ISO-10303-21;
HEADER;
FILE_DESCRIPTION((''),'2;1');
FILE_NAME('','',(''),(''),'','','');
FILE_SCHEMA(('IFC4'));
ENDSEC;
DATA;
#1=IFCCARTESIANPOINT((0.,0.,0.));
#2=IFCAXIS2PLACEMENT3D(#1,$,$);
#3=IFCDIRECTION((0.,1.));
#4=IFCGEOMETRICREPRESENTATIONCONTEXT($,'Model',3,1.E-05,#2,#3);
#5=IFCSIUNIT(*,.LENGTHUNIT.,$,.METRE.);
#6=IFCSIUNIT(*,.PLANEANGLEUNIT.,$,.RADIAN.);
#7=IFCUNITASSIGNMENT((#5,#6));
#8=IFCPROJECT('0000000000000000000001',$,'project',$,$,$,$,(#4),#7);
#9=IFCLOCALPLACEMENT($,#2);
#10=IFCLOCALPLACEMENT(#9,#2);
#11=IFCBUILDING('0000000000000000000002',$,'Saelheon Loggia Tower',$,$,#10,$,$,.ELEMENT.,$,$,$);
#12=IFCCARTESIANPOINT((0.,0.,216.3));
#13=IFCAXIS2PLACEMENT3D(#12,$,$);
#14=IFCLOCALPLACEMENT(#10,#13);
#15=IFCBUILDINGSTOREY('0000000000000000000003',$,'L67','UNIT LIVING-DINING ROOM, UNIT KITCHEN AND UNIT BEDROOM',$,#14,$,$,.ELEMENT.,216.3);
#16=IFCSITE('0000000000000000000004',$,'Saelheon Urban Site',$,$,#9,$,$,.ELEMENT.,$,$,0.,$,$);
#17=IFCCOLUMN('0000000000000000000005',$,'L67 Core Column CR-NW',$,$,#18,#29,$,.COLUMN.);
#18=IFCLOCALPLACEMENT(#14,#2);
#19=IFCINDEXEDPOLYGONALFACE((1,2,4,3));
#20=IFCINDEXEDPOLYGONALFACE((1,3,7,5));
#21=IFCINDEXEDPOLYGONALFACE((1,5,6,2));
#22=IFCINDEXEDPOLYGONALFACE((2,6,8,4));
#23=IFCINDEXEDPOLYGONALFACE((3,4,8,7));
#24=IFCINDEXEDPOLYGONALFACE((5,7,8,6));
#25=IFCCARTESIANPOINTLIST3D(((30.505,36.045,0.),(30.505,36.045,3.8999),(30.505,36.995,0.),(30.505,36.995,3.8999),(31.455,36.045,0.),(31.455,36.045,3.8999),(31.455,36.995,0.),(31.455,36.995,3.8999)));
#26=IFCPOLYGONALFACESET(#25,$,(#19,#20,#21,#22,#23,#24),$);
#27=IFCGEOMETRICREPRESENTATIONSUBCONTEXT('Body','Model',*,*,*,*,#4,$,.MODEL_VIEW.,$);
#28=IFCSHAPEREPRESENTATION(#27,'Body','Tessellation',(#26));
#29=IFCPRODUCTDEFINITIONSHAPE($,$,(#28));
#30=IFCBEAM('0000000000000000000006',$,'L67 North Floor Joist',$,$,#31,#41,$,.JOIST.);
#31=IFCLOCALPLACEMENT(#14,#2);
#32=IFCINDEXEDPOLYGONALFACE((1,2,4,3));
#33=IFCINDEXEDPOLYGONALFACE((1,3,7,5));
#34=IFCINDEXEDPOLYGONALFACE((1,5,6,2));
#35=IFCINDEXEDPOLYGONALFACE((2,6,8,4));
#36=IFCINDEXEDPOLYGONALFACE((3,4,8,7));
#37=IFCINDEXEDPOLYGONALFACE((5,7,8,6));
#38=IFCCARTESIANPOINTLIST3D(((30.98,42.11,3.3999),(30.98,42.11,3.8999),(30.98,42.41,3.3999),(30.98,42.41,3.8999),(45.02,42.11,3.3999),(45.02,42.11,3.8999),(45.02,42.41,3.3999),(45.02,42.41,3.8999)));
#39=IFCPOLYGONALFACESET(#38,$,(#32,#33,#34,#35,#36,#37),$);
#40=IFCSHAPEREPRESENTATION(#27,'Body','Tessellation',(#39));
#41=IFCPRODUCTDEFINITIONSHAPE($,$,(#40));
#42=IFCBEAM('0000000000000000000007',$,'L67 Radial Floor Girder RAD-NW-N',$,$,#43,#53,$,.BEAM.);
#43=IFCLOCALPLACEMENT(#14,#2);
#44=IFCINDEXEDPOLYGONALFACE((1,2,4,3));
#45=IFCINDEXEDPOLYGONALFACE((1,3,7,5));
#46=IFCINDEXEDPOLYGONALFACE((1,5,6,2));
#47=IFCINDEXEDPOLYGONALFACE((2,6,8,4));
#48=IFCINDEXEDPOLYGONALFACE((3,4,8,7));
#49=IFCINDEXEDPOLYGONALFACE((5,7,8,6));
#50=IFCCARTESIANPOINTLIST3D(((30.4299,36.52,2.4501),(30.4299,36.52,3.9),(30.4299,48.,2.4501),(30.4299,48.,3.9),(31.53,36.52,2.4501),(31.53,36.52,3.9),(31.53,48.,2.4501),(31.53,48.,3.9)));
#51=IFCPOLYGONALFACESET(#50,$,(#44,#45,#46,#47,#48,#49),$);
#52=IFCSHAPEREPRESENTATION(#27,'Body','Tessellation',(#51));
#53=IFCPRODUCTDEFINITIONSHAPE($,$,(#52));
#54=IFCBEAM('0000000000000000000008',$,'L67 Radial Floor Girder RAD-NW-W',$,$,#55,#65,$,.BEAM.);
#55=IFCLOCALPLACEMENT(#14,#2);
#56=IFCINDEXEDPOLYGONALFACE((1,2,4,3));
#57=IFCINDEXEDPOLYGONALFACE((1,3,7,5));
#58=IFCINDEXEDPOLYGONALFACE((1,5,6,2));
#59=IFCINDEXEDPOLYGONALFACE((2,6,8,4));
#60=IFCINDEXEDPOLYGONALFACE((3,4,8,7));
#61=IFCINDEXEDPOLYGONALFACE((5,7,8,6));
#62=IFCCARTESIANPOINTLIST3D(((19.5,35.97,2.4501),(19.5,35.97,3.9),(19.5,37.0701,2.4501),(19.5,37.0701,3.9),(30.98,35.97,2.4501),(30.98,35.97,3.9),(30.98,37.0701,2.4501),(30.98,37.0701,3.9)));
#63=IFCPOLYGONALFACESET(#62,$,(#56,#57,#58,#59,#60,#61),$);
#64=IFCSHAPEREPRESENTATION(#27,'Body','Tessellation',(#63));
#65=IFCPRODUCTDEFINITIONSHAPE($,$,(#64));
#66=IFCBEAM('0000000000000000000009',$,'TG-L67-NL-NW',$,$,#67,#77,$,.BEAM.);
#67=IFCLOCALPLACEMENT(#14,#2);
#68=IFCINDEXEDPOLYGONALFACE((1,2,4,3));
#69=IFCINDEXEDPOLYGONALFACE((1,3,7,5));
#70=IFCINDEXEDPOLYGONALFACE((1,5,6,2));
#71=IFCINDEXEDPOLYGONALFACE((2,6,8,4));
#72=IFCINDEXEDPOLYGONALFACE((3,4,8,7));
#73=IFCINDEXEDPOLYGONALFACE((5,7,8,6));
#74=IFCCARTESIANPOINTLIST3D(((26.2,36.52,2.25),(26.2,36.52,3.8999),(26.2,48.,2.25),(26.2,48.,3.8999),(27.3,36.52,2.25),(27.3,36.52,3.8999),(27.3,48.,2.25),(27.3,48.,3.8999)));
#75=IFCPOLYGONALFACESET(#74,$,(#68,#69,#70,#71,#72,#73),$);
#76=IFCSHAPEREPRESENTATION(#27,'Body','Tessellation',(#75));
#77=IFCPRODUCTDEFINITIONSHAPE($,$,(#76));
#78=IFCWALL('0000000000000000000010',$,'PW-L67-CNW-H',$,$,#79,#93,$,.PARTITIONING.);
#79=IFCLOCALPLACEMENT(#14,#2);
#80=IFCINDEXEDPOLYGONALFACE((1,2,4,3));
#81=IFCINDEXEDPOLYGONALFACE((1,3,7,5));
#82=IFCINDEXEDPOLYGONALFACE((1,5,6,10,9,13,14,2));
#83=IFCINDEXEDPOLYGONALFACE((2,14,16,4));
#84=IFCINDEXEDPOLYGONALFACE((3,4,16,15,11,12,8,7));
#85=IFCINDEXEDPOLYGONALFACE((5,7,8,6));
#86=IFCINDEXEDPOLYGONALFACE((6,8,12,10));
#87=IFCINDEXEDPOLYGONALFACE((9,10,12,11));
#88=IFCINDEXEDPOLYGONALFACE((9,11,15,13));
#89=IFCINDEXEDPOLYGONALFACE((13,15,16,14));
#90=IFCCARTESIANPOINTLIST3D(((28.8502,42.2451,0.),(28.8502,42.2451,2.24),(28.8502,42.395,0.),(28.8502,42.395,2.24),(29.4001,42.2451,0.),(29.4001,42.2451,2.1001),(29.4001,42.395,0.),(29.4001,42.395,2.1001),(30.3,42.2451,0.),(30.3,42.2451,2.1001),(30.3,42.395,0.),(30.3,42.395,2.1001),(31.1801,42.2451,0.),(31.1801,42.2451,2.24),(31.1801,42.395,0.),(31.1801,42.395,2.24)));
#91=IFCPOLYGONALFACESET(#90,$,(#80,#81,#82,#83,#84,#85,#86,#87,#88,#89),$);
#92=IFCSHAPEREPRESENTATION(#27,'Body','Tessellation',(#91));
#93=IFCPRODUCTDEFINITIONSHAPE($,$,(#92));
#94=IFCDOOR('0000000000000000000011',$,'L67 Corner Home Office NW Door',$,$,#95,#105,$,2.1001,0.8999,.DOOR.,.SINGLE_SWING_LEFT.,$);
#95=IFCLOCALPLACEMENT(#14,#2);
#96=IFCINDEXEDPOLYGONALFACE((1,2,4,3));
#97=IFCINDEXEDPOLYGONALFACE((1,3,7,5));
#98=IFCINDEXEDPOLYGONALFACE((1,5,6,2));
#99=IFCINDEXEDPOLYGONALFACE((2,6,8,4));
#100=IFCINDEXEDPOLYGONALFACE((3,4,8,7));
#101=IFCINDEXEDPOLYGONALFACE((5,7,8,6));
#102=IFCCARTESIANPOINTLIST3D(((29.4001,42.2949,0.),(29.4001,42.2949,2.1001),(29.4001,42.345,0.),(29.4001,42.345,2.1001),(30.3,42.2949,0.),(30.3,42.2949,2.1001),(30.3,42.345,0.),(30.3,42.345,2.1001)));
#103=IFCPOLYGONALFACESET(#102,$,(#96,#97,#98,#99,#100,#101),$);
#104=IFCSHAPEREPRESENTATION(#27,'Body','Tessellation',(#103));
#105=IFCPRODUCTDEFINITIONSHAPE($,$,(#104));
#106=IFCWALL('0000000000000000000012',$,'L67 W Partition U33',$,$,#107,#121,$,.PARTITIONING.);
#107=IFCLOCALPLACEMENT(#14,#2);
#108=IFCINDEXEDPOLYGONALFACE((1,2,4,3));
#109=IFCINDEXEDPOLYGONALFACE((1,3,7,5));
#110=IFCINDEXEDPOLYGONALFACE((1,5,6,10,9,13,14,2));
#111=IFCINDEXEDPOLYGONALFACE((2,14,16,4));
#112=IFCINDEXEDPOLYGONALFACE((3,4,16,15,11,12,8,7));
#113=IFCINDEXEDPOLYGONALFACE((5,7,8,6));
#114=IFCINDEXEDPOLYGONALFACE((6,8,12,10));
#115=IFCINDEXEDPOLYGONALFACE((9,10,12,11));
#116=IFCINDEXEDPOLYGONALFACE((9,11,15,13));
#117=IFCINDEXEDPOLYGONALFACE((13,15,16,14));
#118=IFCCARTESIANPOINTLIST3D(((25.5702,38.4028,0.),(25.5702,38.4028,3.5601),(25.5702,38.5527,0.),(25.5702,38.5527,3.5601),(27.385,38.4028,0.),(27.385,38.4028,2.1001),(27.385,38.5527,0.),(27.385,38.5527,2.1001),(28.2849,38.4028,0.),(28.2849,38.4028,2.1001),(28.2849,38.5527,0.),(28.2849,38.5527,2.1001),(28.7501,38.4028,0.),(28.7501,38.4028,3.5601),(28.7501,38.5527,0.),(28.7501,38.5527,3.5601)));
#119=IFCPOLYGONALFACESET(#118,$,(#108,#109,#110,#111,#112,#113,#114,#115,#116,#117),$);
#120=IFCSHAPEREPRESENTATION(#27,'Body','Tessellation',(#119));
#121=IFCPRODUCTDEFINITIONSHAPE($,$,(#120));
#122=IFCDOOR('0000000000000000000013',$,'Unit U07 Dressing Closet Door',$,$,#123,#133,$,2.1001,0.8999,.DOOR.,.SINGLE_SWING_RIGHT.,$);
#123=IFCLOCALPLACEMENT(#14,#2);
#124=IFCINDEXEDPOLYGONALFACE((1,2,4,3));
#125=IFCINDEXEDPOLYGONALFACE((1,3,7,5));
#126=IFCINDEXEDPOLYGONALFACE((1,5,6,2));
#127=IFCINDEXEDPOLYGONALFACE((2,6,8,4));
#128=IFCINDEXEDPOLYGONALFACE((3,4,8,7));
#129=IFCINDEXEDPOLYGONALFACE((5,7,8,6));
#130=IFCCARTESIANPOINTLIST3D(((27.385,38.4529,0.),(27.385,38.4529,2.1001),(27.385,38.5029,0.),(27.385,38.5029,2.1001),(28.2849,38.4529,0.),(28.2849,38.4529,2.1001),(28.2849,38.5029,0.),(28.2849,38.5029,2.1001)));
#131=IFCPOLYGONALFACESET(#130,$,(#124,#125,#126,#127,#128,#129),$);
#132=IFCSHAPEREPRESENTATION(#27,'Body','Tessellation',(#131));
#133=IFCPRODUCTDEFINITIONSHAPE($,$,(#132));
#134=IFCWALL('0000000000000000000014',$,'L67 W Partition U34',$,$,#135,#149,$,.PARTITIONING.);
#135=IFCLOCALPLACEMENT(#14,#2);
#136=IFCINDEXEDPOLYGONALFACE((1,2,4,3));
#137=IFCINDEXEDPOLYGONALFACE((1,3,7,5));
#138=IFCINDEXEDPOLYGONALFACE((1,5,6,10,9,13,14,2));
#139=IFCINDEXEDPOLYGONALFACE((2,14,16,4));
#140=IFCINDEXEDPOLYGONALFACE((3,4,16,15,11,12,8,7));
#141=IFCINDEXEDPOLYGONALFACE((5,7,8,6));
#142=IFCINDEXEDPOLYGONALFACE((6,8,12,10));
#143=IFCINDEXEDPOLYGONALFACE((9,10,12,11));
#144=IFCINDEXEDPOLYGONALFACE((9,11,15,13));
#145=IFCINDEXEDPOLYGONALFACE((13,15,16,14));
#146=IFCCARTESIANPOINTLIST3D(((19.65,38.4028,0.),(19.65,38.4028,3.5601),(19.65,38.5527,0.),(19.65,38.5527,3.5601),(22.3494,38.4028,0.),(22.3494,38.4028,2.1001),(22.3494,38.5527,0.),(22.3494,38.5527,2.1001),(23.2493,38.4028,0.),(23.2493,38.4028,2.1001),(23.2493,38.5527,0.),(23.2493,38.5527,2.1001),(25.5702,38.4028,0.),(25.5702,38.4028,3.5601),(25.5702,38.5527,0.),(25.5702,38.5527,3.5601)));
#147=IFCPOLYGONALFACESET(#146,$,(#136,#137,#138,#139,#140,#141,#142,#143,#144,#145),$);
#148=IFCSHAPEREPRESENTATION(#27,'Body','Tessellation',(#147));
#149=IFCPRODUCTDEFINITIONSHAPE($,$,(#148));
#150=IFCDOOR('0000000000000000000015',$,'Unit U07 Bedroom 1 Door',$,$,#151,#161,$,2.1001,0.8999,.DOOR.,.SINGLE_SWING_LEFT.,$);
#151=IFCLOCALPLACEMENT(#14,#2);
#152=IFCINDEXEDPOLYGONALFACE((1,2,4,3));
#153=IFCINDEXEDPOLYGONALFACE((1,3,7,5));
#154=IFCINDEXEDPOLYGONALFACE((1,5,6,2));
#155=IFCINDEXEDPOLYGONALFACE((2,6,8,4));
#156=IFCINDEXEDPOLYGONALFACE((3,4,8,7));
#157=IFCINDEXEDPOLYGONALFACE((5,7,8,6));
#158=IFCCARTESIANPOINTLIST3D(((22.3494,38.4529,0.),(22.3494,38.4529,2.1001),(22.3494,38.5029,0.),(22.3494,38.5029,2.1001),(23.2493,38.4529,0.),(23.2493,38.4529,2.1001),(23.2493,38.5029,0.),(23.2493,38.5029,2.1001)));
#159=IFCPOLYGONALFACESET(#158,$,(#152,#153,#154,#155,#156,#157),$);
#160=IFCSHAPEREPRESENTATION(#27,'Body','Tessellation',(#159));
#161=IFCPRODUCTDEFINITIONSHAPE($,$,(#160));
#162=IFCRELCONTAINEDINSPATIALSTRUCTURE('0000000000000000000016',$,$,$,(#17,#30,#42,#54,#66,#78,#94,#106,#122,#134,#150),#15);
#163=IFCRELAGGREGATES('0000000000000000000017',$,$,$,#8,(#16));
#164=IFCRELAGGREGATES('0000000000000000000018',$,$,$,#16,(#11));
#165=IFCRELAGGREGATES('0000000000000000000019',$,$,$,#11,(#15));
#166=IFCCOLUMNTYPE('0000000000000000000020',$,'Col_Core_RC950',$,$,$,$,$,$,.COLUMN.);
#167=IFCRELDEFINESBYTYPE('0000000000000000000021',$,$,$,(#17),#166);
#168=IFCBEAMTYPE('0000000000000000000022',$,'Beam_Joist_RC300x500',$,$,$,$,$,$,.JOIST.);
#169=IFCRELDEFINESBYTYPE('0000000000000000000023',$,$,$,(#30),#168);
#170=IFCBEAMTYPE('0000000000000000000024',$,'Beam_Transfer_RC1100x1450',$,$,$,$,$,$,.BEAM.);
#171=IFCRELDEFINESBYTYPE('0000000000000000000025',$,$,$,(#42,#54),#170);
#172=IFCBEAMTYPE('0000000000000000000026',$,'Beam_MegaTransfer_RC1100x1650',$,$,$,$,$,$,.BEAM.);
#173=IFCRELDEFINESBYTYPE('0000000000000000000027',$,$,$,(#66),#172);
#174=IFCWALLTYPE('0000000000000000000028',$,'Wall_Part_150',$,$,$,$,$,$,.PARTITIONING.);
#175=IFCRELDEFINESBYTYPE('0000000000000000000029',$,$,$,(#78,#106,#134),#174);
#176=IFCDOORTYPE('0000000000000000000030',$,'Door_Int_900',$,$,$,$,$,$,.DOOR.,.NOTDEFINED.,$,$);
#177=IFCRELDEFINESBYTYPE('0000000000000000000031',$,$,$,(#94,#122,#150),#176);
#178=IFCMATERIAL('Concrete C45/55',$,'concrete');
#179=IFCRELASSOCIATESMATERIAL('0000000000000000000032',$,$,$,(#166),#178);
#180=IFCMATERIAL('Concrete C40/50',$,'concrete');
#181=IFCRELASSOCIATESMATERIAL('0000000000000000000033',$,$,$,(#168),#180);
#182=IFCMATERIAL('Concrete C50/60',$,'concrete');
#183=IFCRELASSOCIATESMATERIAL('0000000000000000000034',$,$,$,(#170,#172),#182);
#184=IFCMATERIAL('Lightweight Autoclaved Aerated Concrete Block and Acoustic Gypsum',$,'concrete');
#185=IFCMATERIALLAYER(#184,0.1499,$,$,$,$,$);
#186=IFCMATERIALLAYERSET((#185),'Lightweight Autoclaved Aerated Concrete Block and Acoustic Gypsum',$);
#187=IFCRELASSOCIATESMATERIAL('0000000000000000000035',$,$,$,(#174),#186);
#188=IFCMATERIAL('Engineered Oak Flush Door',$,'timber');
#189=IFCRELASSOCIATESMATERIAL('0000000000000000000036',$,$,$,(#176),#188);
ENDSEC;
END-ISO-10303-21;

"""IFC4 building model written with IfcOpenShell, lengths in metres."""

from ifc_helpers import new_model, si_unit, direction, frame, frame_2d, origin, origin_2d, place, context, subcontext, project, spatial, rectangle, extrude, source, transform, mapped, material, layer, layer_set, material_profile, profile_set, type_object, element, fill, save


model = new_model("IFC4")

# Units and contexts
model_context = context("Model", 3, precision=1e-05, world=origin(), true_north=direction((0.0, 1.0)))
body_context = subcontext(model_context, "Body", "Model", "MODEL_VIEW")
ifc_project = project(units=[si_unit("LENGTHUNIT", "METRE"), si_unit("PLANEANGLEUNIT", "RADIAN")], contexts=[model_context])

# Site, building, storey
site_placement = place(None, origin())
site = spatial("IfcSite", under=ifc_project, at=site_placement, Name="Saelheon Urban Site", CompositionType="ELEMENT", RefElevation=0.0)
building_placement = place(site_placement, origin())
building = spatial("IfcBuilding", under=site, at=building_placement, Name="Saelheon Loggia Tower", CompositionType="ELEMENT")
storey_placement = place(building_placement, frame((0.0, 0.0, 216.3)))
storey = spatial("IfcBuildingStorey", under=building, at=storey_placement, Name="L67", Description="UNIT LIVING-DINING ROOM, UNIT KITCHEN AND UNIT BEDROOM", CompositionType="ELEMENT", Elevation=216.3)

# Column
ifc_material_1 = material(Name="Concrete C45/55", Category="concrete")
ifc_material_profile_1 = material_profile(ifc_material_1, rectangle(XDim=0.95, YDim=0.95, at=origin_2d()), Name="RC-950x950")
ifc_profile_set_1 = profile_set([ifc_material_profile_1], Name="Concrete C45/55")
column_type = type_object("IfcColumnType", Name="Col_Core_RC950", PredefinedType="COLUMN", material=ifc_profile_set_1)
shared_shape_1 = source(origin(), body_context, "Body", "SweptSolid", [
    extrude(rectangle(XDim=0.95, YDim=0.95, at=origin_2d()), origin(), (0.0, 0.0, 1.0), 3.8999),
])
column_placement = place(storey_placement, frame((30.98, 36.52, 0.0), z_axis=(0.0, 0.0, 1.0), x_axis=(1.0, 0.0, 0.0)))
element("IfcColumn", 1, at=column_placement, inside=storey, type_object=column_type, Name="L67 Core Column CR-NW", PredefinedType="COLUMN", context=body_context, shape_type="MappedRepresentation", body=[
    mapped(shared_shape_1, transform((0.0, 0.0, 0.0), scale=1.0)),
])

# Beams
ifc_material_2 = material(Name="Concrete C40/50", Category="concrete")
ifc_material_profile_2 = material_profile(ifc_material_2, rectangle(XDim=0.3, YDim=0.5, at=origin_2d()), Name="RC-300x500")
ifc_profile_set_2 = profile_set([ifc_material_profile_2], Name="Concrete C40/50")
beam_type_1 = type_object("IfcBeamType", Name="Beam_Joist_RC300x500", PredefinedType="JOIST", material=ifc_profile_set_2)
shared_shape_2 = source(origin(), body_context, "Body", "SweptSolid", [
    extrude(rectangle(XDim=0.3, YDim=0.5, at=origin_2d()), origin(), (0.0, 0.0, 1.0), 14.04),
])
beam_1_placement = place(storey_placement, frame((30.98, 42.26, 3.6499), z_axis=(1.0, 0.0, 0.0), x_axis=(0.0, 1.0, 0.0)))
element("IfcBeam", 2, at=beam_1_placement, inside=storey, type_object=beam_type_1, Name="L67 North Floor Joist", PredefinedType="JOIST", context=body_context, shape_type="MappedRepresentation", body=[
    mapped(shared_shape_2, transform((0.0, 0.0, 0.0), scale=1.0)),
])
ifc_material_3 = material(Name="Concrete C50/60", Category="concrete")
ifc_material_profile_3 = material_profile(ifc_material_3, rectangle(XDim=1.1001, YDim=1.45, at=origin_2d()), Name="RC-1100x1450")
ifc_profile_set_3 = profile_set([ifc_material_profile_3], Name="Concrete C50/60")
beam_type_2 = type_object("IfcBeamType", Name="Beam_Transfer_RC1100x1450", PredefinedType="BEAM", material=ifc_profile_set_3)
shared_shape_3 = source(origin(), body_context, "Body", "SweptSolid", [
    extrude(rectangle(XDim=1.1001, YDim=1.45, at=origin_2d()), origin(), (0.0, 0.0, 1.0), 11.48),
])
for number, where, z_axis, x_axis, name in (
    (3, (30.98, 36.52, 3.175), (0.0, 1.0, 0.0), (-1.0, 0.0, 0.0), "L67 Radial Floor Girder RAD-NW-N"),
    (4, (30.98, 36.52, 3.175), (-1.0, 0.0, 0.0), (0.0, -1.0, 0.0), "L67 Radial Floor Girder RAD-NW-W"),
):
    element("IfcBeam", number, at=place(storey_placement, frame(where, z_axis=z_axis, x_axis=x_axis)), inside=storey, type_object=beam_type_2, Name=name, PredefinedType="BEAM", context=body_context, shape_type="MappedRepresentation", body=[
        mapped(shared_shape_3, transform((0.0, 0.0, 0.0), scale=1.0)),
    ])
ifc_material_profile_4 = material_profile(ifc_material_3, rectangle(XDim=1.1001, YDim=1.6499, at=origin_2d()), Name="RC-1100x1650")
ifc_profile_set_4 = profile_set([ifc_material_profile_4], Name="Concrete C50/60")
beam_type_3 = type_object("IfcBeamType", Name="Beam_MegaTransfer_RC1100x1650", PredefinedType="BEAM", material=ifc_profile_set_4)
shared_shape_4 = source(origin(), body_context, "Body", "SweptSolid", [
    extrude(rectangle(XDim=1.1001, YDim=1.6499, at=origin_2d()), origin(), (0.0, 0.0, 1.0), 11.48),
])
beam_2_placement = place(storey_placement, frame((26.75, 36.52, 3.075), z_axis=(0.0, 1.0, 0.0), x_axis=(-1.0, 0.0, 0.0)))
element("IfcBeam", 5, at=beam_2_placement, inside=storey, type_object=beam_type_3, Name="TG-L67-NL-NW", PredefinedType="BEAM", context=body_context, shape_type="MappedRepresentation", body=[
    mapped(shared_shape_4, transform((0.0, 0.0, 0.0), scale=1.0)),
])

# Walls, openings, doors
ifc_material_4 = material(Name="Lightweight Autoclaved Aerated Concrete Block and Acoustic Gypsum", Category="concrete")
ifc_layer_1 = layer(ifc_material_4, 0.1499)
ifc_layer_set_1 = layer_set([ifc_layer_1], Name="Lightweight Autoclaved Aerated Concrete Block and Acoustic Gypsum")
wall_type_1 = type_object("IfcWallType", Name="Wall_Part_150", PredefinedType="PARTITIONING", material=ifc_layer_set_1)
wall_1_placement = place(storey_placement, frame((28.8501, 42.3201, 0.0), z_axis=(0.0, 0.0, 1.0), x_axis=(1.0, 0.0, 0.0)))
wall_1 = element("IfcWall", 6, at=wall_1_placement, inside=storey, type_object=wall_type_1, Name="PW-L67-CNW-H", PredefinedType="PARTITIONING", context=body_context, shape_type="SweptSolid", body=[
    extrude(rectangle(XDim=2.3298, YDim=0.1499, at=frame_2d((1.165, 0.0))), origin(), (0.0, 0.0, 1.0), 2.24),
])
opening_1_placement = place(wall_1_placement, frame((0.55, 0.0, 0.0)))
opening_1 = element("IfcOpeningElement", 7, at=opening_1_placement, cuts=wall_1, PredefinedType="OPENING", context=body_context, shape_type="SweptSolid", body=[
    extrude(rectangle(XDim=0.8999, YDim=2.1001, at=frame_2d((0.45, 1.05))), frame((0.0, 0.0869, 0.0), z_axis=(0.0, -1.0, 0.0), x_axis=(1.0, 0.0, 0.0)), (0.0, 0.0, 1.0), 0.1738),
])
ifc_material_5 = material(Name="Engineered Oak Flush Door", Category="timber")
door_type_1 = type_object("IfcDoorType", Name="Door_Int_900", OperationType="NOTDEFINED", PredefinedType="DOOR", material=ifc_material_5)
shared_shape_5 = source(origin(), body_context, "Body", "SweptSolid", [
    extrude(rectangle(XDim=0.8999, YDim=2.1001, at=frame_2d((0.45, 1.05))), frame((0.0, 0.0249, 0.0), z_axis=(0.0, -1.0, 0.0), x_axis=(1.0, 0.0, 0.0)), (0.0, 0.0, 1.0), 0.05),
])
door_1_placement = place(opening_1_placement, origin())
door_1 = element("IfcDoor", 8, at=door_1_placement, inside=storey, type_object=door_type_1, Name="L67 Corner Home Office NW Door", OperationType="SINGLE_SWING_LEFT", OverallHeight=2.1001, OverallWidth=0.8999, PredefinedType="DOOR", context=body_context, shape_type="MappedRepresentation", body=[
    mapped(shared_shape_5, transform((0.0, 0.0, 0.0), scale=1.0)),
])
fill(opening_1, door_1)
wall_2_placement = place(storey_placement, frame((28.75, 38.4778, 0.0), z_axis=(0.0, 0.0, 1.0), x_axis=(-1.0, 0.0, 0.0)))
wall_2 = element("IfcWall", 9, at=wall_2_placement, inside=storey, type_object=wall_type_1, Name="L67 W Partition U33", PredefinedType="PARTITIONING", context=body_context, shape_type="SweptSolid", body=[
    extrude(rectangle(XDim=3.1799, YDim=0.1499, at=frame_2d((1.5898, 0.0))), origin(), (0.0, 0.0, 1.0), 3.5601),
])
opening_2_placement = place(wall_2_placement, frame((0.4651, 0.0, 0.0)))
opening_2 = element("IfcOpeningElement", 10, at=opening_2_placement, cuts=wall_2, PredefinedType="OPENING", context=body_context, shape_type="SweptSolid", body=[
    extrude(rectangle(XDim=0.8999, YDim=2.1001, at=frame_2d((0.45, 1.05))), frame((0.0, 0.0869, 0.0), z_axis=(0.0, -1.0, 0.0), x_axis=(1.0, 0.0, 0.0)), (0.0, 0.0, 1.0), 0.1738),
])
door_2_placement = place(opening_2_placement, origin())
door_2 = element("IfcDoor", 11, at=door_2_placement, inside=storey, type_object=door_type_1, Name="Unit U07 Dressing Closet Door", OperationType="SINGLE_SWING_RIGHT", OverallHeight=2.1001, OverallWidth=0.8999, PredefinedType="DOOR", context=body_context, shape_type="MappedRepresentation", body=[
    mapped(shared_shape_5, transform((0.0, 0.0, 0.0), scale=1.0)),
])
fill(opening_2, door_2)
wall_3_placement = place(storey_placement, frame((25.5701, 38.4778, 0.0), z_axis=(0.0, 0.0, 1.0), x_axis=(-1.0, 0.0, 0.0)))
wall_3 = element("IfcWall", 12, at=wall_3_placement, inside=storey, type_object=wall_type_1, Name="L67 W Partition U34", PredefinedType="PARTITIONING", context=body_context, shape_type="SweptSolid", body=[
    extrude(rectangle(XDim=5.9202, YDim=0.1499, at=frame_2d((2.96, 0.0))), origin(), (0.0, 0.0, 1.0), 3.5601),
])
opening_3_placement = place(wall_3_placement, frame((2.3208, 0.0, 0.0)))
opening_3 = element("IfcOpeningElement", 13, at=opening_3_placement, cuts=wall_3, PredefinedType="OPENING", context=body_context, shape_type="SweptSolid", body=[
    extrude(rectangle(XDim=0.8999, YDim=2.1001, at=frame_2d((0.45, 1.05))), frame((0.0, 0.0869, 0.0), z_axis=(0.0, -1.0, 0.0), x_axis=(1.0, 0.0, 0.0)), (0.0, 0.0, 1.0), 0.1738),
])
door_3_placement = place(opening_3_placement, origin())
door_3 = element("IfcDoor", 14, at=door_3_placement, inside=storey, type_object=door_type_1, Name="Unit U07 Bedroom 1 Door", OperationType="SINGLE_SWING_LEFT", OverallHeight=2.1001, OverallWidth=0.8999, PredefinedType="DOOR", context=body_context, shape_type="MappedRepresentation", body=[
    mapped(shared_shape_5, transform((0.0, 0.0, 0.0), scale=1.0)),
])
fill(opening_3, door_3)

save(model, "model.ifc")
